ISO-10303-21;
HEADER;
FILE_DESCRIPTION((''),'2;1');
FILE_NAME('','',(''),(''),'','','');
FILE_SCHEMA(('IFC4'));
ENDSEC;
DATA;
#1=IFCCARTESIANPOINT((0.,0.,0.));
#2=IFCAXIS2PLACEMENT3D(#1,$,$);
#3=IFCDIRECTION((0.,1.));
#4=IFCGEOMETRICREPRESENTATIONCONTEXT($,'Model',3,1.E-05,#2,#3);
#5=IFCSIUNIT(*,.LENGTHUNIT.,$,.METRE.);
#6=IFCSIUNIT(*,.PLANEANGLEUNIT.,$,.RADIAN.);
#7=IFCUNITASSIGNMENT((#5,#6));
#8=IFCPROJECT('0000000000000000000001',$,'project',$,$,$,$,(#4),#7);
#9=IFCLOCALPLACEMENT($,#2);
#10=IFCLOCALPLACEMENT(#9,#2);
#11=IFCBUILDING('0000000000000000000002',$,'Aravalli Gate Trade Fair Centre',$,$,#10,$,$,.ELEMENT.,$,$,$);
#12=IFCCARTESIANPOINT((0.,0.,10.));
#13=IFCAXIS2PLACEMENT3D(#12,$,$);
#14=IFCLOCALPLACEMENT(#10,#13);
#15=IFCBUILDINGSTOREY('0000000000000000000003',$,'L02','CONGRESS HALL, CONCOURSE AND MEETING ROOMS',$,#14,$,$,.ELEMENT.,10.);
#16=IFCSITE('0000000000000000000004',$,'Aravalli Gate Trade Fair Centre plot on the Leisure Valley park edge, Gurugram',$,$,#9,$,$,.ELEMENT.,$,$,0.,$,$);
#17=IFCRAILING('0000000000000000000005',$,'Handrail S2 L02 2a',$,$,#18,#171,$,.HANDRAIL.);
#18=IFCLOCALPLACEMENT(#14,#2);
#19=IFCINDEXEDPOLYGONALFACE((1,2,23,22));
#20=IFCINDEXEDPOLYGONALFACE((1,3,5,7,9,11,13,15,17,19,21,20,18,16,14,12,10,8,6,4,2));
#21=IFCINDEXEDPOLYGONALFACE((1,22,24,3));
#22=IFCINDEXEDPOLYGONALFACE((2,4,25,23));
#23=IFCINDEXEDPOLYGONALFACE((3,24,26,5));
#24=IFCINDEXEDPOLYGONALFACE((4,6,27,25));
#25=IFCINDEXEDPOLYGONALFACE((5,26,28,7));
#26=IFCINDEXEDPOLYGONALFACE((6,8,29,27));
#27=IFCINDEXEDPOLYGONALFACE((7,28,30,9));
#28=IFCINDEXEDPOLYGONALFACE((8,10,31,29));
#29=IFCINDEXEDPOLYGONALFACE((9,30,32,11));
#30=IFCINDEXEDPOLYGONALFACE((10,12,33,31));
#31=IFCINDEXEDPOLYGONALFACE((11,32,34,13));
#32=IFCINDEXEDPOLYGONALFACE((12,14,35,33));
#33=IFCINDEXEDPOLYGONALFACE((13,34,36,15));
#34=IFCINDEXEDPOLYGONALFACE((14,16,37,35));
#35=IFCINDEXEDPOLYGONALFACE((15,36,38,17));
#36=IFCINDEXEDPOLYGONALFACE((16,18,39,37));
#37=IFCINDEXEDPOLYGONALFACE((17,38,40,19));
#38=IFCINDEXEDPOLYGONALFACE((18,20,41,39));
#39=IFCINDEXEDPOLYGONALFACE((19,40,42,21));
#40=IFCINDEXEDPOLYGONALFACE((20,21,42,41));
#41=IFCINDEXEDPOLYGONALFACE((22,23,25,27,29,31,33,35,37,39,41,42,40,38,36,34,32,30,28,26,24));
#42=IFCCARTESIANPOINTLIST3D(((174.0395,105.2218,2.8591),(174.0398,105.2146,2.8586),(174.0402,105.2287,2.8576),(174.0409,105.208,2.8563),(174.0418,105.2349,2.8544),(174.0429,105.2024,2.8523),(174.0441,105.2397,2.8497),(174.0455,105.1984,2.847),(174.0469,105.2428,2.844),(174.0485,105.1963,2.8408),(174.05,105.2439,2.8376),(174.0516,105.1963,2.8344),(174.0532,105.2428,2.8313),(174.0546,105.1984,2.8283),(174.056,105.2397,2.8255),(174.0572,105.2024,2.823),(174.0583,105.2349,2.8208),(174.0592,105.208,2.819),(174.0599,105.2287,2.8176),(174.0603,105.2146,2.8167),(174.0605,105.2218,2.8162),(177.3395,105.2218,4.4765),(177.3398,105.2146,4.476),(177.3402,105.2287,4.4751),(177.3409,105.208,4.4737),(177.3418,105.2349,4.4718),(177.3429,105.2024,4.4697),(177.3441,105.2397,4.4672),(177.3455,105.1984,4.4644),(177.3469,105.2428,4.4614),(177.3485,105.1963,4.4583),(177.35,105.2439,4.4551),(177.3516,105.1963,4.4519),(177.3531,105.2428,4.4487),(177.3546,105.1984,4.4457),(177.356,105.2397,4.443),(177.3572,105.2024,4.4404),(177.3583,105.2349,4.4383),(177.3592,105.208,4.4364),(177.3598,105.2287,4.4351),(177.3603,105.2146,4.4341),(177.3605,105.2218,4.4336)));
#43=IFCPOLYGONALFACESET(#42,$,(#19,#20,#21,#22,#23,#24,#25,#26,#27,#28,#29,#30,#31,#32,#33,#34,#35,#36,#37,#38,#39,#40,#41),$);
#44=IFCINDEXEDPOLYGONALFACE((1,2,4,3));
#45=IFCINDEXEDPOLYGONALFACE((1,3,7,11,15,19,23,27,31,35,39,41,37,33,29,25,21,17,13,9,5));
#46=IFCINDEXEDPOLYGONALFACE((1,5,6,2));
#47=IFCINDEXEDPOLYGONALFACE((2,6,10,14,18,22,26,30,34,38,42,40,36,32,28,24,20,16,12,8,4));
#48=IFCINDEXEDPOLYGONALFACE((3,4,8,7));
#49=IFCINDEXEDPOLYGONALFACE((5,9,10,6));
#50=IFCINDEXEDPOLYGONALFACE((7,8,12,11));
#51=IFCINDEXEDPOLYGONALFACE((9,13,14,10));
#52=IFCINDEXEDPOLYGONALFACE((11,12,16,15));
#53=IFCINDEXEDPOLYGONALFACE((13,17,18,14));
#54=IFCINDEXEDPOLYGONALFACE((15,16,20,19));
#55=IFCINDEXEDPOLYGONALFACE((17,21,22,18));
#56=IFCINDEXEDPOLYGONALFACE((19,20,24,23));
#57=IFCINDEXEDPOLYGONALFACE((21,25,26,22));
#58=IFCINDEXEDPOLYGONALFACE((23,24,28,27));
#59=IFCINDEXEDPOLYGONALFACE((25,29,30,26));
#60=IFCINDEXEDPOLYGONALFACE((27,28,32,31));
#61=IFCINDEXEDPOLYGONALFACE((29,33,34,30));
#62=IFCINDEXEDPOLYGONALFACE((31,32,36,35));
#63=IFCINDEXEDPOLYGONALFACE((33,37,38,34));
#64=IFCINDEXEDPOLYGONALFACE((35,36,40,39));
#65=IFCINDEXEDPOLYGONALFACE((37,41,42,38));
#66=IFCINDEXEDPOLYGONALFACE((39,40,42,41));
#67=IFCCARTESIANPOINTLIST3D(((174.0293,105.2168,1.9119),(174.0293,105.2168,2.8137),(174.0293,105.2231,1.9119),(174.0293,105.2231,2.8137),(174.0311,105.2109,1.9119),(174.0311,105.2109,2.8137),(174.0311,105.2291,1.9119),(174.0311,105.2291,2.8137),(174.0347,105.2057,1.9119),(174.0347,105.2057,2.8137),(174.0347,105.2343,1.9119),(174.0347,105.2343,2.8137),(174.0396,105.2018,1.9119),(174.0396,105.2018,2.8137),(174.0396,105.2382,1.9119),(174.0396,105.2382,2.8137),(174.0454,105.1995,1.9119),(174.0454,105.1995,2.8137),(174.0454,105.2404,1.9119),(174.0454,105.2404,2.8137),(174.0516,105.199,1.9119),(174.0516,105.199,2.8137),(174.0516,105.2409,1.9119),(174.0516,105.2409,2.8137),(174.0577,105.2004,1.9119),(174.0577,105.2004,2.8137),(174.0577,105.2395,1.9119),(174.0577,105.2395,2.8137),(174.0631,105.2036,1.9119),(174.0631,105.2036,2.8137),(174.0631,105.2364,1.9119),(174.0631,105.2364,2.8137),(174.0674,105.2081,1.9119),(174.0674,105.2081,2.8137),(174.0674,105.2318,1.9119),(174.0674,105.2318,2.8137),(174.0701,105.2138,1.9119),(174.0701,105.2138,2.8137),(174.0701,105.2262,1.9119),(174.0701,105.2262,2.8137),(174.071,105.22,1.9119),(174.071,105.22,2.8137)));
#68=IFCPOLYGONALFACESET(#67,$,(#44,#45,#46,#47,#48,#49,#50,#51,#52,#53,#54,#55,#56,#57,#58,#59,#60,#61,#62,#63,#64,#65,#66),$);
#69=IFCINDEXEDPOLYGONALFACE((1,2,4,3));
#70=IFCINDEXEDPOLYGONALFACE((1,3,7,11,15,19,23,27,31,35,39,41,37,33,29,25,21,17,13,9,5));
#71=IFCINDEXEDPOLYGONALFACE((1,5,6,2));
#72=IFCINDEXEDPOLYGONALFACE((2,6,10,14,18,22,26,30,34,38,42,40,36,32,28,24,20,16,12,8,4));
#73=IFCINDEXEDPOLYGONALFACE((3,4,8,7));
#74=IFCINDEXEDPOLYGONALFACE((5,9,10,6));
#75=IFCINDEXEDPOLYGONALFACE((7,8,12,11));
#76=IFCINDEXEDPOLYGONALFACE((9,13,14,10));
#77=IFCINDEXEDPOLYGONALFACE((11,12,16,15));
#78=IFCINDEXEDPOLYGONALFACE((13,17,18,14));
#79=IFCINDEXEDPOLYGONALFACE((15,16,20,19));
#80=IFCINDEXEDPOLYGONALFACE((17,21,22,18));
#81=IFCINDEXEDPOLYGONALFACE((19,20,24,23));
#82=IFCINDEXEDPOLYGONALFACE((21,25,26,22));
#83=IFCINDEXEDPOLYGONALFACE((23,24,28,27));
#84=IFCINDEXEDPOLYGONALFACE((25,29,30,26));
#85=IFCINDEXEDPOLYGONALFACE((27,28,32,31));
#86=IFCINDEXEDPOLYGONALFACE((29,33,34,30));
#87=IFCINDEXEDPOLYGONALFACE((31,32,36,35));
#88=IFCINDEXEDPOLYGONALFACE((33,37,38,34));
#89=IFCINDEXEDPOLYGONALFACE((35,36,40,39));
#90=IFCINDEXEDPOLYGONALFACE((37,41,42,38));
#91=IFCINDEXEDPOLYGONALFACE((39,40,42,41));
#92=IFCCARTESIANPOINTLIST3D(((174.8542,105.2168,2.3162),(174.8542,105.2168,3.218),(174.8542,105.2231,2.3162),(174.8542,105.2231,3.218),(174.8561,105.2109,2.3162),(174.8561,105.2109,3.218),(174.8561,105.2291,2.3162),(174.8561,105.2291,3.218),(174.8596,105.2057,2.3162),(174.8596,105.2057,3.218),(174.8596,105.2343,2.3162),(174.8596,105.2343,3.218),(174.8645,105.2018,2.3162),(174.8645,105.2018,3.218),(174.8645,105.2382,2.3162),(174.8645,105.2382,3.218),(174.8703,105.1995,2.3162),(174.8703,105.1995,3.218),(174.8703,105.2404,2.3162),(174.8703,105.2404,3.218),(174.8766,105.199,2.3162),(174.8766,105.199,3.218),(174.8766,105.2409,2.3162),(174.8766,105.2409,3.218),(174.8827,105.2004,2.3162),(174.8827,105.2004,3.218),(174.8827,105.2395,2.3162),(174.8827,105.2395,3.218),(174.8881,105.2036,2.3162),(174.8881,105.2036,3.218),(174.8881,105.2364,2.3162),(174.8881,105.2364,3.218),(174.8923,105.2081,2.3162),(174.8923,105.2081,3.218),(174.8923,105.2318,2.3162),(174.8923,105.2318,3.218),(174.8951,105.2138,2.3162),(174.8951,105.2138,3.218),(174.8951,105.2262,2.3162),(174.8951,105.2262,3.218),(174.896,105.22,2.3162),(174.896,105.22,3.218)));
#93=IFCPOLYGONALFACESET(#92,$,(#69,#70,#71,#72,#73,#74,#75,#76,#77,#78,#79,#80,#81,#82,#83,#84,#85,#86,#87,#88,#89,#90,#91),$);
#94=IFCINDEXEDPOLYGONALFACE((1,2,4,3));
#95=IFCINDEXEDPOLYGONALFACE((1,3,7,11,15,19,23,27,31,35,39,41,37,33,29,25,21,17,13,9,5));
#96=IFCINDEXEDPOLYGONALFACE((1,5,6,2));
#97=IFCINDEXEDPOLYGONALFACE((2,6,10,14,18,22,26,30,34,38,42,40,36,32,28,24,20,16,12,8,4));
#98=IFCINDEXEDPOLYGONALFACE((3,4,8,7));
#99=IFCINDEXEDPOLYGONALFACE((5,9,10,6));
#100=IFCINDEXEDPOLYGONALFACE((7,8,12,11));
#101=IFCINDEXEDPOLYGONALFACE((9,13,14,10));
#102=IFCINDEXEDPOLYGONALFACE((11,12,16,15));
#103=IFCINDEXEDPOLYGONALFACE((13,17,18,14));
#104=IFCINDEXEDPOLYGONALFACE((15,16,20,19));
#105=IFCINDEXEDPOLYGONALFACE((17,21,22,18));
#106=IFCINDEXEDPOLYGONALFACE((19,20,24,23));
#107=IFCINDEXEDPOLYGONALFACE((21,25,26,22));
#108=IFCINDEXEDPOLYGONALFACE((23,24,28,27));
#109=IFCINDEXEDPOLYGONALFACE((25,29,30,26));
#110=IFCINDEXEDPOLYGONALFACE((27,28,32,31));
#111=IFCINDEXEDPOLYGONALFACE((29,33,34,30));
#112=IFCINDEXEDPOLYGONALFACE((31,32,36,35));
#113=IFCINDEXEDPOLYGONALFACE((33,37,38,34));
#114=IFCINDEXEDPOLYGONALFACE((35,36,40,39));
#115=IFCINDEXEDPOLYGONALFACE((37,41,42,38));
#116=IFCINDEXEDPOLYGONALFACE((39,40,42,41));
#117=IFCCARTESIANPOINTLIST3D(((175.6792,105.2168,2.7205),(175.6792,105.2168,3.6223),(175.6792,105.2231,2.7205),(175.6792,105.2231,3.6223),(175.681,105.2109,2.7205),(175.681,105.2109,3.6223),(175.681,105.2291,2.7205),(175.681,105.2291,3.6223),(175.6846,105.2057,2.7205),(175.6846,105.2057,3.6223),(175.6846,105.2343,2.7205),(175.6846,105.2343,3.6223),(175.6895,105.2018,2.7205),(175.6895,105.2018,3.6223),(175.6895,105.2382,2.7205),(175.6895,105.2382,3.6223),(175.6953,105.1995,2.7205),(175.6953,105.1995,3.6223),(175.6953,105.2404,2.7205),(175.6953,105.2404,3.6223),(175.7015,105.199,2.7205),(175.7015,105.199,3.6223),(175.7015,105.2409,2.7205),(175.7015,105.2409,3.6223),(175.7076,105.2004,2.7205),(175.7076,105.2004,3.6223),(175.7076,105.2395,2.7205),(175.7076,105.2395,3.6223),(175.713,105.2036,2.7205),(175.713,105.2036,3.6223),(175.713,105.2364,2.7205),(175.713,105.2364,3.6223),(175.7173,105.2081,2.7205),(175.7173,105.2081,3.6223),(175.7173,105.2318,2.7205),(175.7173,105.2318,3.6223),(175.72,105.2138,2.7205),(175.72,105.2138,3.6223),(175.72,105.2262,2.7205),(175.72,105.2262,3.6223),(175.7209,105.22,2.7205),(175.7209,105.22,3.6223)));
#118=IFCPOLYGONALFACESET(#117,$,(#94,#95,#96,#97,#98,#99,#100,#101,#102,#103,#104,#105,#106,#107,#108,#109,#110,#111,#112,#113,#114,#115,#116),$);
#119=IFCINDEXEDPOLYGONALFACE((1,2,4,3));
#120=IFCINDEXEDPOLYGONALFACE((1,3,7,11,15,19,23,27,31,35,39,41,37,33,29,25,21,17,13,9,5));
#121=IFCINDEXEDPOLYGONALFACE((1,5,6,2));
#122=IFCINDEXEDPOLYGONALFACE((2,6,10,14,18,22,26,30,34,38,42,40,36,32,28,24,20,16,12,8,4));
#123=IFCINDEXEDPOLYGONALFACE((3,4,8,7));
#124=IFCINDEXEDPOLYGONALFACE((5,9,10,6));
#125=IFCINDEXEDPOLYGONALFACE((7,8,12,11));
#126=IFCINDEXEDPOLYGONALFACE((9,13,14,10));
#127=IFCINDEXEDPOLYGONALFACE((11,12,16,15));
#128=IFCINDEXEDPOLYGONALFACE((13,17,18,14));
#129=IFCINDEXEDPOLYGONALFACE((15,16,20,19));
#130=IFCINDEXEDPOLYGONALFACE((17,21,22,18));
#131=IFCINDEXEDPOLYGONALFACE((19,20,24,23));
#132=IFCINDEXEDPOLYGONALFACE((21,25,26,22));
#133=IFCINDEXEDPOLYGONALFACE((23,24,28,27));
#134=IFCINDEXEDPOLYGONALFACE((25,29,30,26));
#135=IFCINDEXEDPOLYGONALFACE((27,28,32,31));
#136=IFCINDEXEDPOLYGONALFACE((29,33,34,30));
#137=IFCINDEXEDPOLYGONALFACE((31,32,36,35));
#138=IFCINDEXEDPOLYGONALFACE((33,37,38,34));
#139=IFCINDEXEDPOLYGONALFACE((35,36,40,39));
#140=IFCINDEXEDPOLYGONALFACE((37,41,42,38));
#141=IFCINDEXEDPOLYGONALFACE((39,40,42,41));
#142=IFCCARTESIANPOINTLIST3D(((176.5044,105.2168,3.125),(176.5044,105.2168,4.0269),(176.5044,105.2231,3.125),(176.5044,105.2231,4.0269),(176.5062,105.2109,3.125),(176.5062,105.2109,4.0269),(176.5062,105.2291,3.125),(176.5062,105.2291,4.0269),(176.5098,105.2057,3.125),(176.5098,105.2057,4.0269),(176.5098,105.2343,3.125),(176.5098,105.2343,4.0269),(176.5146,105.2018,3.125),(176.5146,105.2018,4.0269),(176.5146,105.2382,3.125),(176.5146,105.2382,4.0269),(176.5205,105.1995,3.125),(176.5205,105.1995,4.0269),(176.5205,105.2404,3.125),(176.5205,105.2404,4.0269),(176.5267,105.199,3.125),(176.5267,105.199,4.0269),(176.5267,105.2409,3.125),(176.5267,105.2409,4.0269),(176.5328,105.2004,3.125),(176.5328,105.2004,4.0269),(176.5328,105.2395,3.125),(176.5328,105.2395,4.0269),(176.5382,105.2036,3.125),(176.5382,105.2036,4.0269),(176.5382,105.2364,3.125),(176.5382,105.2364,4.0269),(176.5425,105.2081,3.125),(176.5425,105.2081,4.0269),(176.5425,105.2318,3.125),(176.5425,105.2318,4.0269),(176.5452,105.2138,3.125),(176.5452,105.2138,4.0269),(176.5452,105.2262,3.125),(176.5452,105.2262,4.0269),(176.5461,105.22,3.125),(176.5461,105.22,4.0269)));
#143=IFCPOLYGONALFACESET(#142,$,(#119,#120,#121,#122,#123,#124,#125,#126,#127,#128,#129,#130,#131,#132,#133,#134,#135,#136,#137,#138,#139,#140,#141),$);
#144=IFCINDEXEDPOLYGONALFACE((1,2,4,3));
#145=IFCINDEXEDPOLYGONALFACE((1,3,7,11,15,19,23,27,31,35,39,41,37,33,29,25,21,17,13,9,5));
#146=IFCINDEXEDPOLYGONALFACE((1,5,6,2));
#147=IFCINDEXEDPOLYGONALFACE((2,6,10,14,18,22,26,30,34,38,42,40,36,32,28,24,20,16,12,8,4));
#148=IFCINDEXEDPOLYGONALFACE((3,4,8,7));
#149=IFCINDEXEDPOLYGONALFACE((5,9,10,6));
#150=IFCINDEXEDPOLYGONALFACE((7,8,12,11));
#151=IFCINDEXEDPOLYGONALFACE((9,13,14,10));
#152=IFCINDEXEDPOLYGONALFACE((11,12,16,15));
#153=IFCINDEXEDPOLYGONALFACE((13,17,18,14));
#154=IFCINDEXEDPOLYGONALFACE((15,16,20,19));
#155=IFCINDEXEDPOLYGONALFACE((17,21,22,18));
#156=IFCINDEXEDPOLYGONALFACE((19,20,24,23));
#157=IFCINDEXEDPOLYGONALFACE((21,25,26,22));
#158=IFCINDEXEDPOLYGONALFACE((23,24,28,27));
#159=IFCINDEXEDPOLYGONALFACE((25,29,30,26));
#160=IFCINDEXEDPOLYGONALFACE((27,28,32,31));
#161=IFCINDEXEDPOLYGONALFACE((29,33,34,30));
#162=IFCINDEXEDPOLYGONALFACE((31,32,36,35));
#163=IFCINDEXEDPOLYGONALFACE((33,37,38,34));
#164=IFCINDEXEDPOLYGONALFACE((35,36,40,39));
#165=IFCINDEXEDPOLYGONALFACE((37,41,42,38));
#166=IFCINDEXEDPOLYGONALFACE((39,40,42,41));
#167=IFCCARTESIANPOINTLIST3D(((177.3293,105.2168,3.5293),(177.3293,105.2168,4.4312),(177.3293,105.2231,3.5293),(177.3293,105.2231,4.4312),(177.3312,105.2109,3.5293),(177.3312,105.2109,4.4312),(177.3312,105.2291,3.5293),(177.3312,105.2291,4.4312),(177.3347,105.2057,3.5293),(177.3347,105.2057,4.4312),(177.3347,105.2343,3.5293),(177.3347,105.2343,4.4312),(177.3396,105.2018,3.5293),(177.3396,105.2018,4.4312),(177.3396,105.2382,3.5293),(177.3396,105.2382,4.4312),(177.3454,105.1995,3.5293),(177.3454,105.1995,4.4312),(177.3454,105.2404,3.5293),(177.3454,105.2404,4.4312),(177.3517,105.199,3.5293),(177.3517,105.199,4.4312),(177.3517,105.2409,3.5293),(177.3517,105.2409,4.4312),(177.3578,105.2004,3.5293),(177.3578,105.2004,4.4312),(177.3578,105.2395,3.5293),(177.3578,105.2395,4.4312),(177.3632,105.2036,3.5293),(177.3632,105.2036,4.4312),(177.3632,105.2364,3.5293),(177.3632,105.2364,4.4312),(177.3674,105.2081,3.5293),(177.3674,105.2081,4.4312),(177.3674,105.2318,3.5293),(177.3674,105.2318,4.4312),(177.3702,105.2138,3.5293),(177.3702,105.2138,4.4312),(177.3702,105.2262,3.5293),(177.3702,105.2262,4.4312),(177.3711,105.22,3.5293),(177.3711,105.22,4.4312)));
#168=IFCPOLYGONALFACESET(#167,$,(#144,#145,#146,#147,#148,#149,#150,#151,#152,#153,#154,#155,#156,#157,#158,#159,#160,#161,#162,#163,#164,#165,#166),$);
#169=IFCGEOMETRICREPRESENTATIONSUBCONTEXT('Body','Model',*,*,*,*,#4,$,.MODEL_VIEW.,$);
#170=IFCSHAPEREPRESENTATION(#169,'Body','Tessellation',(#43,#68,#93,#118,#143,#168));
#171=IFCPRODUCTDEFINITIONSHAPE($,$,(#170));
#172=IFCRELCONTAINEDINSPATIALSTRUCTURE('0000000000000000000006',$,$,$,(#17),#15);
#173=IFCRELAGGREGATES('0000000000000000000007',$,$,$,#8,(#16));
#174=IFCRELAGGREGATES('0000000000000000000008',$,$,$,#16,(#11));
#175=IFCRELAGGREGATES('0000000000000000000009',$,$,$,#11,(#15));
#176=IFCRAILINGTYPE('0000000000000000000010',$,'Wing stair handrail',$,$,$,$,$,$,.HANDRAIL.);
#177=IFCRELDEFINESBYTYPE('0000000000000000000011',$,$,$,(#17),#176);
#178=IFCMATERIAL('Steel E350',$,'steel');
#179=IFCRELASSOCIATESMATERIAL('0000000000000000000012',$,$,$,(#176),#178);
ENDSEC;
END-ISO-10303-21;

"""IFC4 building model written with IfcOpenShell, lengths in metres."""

from ifc_helpers import new_model, si_unit, direction, frame, origin, origin_2d, place, context, subcontext, project, spatial, circle, extrude, material, type_object, element, save


model = new_model("IFC4")

# Units and contexts
model_context = context("Model", 3, precision=1e-05, world=origin(), true_north=direction((0.0, 1.0)))
body_context = subcontext(model_context, "Body", "Model", "MODEL_VIEW")
ifc_project = project(units=[si_unit("LENGTHUNIT", "METRE"), si_unit("PLANEANGLEUNIT", "RADIAN")], contexts=[model_context])

# Site, building, storey
site_placement = place(None, origin())
site = spatial("IfcSite", under=ifc_project, at=site_placement, Name="Aravalli Gate Trade Fair Centre plot on the Leisure Valley park edge, Gurugram", CompositionType="ELEMENT", RefElevation=0.0)
building_placement = place(site_placement, origin())
building = spatial("IfcBuilding", under=site, at=building_placement, Name="Aravalli Gate Trade Fair Centre", CompositionType="ELEMENT")
storey_placement = place(building_placement, frame((0.0, 0.0, 10.0)))
storey = spatial("IfcBuildingStorey", under=building, at=storey_placement, Name="L02", Description="CONGRESS HALL, CONCOURSE AND MEETING ROOMS", CompositionType="ELEMENT", Elevation=10.0)

# Shared definitions
ifc_material_1 = material(Name="Steel E350", Category="steel")

# Railing
railing_type = type_object("IfcRailingType", Name="Wing stair handrail", PredefinedType="HANDRAIL", material=ifc_material_1)
railing_1_placement = place(storey_placement, frame((174.05, 105.22, 1.9119)))
element("IfcRailing", 1, at=railing_1_placement, inside=storey, type_object=railing_type, Name="Handrail S2 L02 2a", PredefinedType="HANDRAIL", context=body_context, shape_type="SweptSolid", body=[
    extrude(circle(Radius=0.0239, at=origin_2d()), frame((0.0, 0.0, 0.9258), z_axis=(0.897946, 0.0, 0.440105), x_axis=(0.0, 1.0, 0.0)), (0.0, 0.0, 1.0), 3.675),
    extrude(circle(Radius=0.021, at=origin_2d()), origin(), (0.0, 0.0, 1.0), 0.9019),
    extrude(circle(Radius=0.021, at=origin_2d()), frame((0.825, 0.0, 0.4043)), (0.0, 0.0, 1.0), 0.9019),
    extrude(circle(Radius=0.021, at=origin_2d()), frame((1.6499, 0.0, 0.8086)), (0.0, 0.0, 1.0), 0.9019),
    extrude(circle(Radius=0.021, at=origin_2d()), frame((2.4751, 0.0, 1.2131)), (0.0, 0.0, 1.0), 0.9019),
    extrude(circle(Radius=0.021, at=origin_2d()), frame((3.3, 0.0, 1.6174)), (0.0, 0.0, 1.0), 0.9019),
])

save(model, "model.ifc")
